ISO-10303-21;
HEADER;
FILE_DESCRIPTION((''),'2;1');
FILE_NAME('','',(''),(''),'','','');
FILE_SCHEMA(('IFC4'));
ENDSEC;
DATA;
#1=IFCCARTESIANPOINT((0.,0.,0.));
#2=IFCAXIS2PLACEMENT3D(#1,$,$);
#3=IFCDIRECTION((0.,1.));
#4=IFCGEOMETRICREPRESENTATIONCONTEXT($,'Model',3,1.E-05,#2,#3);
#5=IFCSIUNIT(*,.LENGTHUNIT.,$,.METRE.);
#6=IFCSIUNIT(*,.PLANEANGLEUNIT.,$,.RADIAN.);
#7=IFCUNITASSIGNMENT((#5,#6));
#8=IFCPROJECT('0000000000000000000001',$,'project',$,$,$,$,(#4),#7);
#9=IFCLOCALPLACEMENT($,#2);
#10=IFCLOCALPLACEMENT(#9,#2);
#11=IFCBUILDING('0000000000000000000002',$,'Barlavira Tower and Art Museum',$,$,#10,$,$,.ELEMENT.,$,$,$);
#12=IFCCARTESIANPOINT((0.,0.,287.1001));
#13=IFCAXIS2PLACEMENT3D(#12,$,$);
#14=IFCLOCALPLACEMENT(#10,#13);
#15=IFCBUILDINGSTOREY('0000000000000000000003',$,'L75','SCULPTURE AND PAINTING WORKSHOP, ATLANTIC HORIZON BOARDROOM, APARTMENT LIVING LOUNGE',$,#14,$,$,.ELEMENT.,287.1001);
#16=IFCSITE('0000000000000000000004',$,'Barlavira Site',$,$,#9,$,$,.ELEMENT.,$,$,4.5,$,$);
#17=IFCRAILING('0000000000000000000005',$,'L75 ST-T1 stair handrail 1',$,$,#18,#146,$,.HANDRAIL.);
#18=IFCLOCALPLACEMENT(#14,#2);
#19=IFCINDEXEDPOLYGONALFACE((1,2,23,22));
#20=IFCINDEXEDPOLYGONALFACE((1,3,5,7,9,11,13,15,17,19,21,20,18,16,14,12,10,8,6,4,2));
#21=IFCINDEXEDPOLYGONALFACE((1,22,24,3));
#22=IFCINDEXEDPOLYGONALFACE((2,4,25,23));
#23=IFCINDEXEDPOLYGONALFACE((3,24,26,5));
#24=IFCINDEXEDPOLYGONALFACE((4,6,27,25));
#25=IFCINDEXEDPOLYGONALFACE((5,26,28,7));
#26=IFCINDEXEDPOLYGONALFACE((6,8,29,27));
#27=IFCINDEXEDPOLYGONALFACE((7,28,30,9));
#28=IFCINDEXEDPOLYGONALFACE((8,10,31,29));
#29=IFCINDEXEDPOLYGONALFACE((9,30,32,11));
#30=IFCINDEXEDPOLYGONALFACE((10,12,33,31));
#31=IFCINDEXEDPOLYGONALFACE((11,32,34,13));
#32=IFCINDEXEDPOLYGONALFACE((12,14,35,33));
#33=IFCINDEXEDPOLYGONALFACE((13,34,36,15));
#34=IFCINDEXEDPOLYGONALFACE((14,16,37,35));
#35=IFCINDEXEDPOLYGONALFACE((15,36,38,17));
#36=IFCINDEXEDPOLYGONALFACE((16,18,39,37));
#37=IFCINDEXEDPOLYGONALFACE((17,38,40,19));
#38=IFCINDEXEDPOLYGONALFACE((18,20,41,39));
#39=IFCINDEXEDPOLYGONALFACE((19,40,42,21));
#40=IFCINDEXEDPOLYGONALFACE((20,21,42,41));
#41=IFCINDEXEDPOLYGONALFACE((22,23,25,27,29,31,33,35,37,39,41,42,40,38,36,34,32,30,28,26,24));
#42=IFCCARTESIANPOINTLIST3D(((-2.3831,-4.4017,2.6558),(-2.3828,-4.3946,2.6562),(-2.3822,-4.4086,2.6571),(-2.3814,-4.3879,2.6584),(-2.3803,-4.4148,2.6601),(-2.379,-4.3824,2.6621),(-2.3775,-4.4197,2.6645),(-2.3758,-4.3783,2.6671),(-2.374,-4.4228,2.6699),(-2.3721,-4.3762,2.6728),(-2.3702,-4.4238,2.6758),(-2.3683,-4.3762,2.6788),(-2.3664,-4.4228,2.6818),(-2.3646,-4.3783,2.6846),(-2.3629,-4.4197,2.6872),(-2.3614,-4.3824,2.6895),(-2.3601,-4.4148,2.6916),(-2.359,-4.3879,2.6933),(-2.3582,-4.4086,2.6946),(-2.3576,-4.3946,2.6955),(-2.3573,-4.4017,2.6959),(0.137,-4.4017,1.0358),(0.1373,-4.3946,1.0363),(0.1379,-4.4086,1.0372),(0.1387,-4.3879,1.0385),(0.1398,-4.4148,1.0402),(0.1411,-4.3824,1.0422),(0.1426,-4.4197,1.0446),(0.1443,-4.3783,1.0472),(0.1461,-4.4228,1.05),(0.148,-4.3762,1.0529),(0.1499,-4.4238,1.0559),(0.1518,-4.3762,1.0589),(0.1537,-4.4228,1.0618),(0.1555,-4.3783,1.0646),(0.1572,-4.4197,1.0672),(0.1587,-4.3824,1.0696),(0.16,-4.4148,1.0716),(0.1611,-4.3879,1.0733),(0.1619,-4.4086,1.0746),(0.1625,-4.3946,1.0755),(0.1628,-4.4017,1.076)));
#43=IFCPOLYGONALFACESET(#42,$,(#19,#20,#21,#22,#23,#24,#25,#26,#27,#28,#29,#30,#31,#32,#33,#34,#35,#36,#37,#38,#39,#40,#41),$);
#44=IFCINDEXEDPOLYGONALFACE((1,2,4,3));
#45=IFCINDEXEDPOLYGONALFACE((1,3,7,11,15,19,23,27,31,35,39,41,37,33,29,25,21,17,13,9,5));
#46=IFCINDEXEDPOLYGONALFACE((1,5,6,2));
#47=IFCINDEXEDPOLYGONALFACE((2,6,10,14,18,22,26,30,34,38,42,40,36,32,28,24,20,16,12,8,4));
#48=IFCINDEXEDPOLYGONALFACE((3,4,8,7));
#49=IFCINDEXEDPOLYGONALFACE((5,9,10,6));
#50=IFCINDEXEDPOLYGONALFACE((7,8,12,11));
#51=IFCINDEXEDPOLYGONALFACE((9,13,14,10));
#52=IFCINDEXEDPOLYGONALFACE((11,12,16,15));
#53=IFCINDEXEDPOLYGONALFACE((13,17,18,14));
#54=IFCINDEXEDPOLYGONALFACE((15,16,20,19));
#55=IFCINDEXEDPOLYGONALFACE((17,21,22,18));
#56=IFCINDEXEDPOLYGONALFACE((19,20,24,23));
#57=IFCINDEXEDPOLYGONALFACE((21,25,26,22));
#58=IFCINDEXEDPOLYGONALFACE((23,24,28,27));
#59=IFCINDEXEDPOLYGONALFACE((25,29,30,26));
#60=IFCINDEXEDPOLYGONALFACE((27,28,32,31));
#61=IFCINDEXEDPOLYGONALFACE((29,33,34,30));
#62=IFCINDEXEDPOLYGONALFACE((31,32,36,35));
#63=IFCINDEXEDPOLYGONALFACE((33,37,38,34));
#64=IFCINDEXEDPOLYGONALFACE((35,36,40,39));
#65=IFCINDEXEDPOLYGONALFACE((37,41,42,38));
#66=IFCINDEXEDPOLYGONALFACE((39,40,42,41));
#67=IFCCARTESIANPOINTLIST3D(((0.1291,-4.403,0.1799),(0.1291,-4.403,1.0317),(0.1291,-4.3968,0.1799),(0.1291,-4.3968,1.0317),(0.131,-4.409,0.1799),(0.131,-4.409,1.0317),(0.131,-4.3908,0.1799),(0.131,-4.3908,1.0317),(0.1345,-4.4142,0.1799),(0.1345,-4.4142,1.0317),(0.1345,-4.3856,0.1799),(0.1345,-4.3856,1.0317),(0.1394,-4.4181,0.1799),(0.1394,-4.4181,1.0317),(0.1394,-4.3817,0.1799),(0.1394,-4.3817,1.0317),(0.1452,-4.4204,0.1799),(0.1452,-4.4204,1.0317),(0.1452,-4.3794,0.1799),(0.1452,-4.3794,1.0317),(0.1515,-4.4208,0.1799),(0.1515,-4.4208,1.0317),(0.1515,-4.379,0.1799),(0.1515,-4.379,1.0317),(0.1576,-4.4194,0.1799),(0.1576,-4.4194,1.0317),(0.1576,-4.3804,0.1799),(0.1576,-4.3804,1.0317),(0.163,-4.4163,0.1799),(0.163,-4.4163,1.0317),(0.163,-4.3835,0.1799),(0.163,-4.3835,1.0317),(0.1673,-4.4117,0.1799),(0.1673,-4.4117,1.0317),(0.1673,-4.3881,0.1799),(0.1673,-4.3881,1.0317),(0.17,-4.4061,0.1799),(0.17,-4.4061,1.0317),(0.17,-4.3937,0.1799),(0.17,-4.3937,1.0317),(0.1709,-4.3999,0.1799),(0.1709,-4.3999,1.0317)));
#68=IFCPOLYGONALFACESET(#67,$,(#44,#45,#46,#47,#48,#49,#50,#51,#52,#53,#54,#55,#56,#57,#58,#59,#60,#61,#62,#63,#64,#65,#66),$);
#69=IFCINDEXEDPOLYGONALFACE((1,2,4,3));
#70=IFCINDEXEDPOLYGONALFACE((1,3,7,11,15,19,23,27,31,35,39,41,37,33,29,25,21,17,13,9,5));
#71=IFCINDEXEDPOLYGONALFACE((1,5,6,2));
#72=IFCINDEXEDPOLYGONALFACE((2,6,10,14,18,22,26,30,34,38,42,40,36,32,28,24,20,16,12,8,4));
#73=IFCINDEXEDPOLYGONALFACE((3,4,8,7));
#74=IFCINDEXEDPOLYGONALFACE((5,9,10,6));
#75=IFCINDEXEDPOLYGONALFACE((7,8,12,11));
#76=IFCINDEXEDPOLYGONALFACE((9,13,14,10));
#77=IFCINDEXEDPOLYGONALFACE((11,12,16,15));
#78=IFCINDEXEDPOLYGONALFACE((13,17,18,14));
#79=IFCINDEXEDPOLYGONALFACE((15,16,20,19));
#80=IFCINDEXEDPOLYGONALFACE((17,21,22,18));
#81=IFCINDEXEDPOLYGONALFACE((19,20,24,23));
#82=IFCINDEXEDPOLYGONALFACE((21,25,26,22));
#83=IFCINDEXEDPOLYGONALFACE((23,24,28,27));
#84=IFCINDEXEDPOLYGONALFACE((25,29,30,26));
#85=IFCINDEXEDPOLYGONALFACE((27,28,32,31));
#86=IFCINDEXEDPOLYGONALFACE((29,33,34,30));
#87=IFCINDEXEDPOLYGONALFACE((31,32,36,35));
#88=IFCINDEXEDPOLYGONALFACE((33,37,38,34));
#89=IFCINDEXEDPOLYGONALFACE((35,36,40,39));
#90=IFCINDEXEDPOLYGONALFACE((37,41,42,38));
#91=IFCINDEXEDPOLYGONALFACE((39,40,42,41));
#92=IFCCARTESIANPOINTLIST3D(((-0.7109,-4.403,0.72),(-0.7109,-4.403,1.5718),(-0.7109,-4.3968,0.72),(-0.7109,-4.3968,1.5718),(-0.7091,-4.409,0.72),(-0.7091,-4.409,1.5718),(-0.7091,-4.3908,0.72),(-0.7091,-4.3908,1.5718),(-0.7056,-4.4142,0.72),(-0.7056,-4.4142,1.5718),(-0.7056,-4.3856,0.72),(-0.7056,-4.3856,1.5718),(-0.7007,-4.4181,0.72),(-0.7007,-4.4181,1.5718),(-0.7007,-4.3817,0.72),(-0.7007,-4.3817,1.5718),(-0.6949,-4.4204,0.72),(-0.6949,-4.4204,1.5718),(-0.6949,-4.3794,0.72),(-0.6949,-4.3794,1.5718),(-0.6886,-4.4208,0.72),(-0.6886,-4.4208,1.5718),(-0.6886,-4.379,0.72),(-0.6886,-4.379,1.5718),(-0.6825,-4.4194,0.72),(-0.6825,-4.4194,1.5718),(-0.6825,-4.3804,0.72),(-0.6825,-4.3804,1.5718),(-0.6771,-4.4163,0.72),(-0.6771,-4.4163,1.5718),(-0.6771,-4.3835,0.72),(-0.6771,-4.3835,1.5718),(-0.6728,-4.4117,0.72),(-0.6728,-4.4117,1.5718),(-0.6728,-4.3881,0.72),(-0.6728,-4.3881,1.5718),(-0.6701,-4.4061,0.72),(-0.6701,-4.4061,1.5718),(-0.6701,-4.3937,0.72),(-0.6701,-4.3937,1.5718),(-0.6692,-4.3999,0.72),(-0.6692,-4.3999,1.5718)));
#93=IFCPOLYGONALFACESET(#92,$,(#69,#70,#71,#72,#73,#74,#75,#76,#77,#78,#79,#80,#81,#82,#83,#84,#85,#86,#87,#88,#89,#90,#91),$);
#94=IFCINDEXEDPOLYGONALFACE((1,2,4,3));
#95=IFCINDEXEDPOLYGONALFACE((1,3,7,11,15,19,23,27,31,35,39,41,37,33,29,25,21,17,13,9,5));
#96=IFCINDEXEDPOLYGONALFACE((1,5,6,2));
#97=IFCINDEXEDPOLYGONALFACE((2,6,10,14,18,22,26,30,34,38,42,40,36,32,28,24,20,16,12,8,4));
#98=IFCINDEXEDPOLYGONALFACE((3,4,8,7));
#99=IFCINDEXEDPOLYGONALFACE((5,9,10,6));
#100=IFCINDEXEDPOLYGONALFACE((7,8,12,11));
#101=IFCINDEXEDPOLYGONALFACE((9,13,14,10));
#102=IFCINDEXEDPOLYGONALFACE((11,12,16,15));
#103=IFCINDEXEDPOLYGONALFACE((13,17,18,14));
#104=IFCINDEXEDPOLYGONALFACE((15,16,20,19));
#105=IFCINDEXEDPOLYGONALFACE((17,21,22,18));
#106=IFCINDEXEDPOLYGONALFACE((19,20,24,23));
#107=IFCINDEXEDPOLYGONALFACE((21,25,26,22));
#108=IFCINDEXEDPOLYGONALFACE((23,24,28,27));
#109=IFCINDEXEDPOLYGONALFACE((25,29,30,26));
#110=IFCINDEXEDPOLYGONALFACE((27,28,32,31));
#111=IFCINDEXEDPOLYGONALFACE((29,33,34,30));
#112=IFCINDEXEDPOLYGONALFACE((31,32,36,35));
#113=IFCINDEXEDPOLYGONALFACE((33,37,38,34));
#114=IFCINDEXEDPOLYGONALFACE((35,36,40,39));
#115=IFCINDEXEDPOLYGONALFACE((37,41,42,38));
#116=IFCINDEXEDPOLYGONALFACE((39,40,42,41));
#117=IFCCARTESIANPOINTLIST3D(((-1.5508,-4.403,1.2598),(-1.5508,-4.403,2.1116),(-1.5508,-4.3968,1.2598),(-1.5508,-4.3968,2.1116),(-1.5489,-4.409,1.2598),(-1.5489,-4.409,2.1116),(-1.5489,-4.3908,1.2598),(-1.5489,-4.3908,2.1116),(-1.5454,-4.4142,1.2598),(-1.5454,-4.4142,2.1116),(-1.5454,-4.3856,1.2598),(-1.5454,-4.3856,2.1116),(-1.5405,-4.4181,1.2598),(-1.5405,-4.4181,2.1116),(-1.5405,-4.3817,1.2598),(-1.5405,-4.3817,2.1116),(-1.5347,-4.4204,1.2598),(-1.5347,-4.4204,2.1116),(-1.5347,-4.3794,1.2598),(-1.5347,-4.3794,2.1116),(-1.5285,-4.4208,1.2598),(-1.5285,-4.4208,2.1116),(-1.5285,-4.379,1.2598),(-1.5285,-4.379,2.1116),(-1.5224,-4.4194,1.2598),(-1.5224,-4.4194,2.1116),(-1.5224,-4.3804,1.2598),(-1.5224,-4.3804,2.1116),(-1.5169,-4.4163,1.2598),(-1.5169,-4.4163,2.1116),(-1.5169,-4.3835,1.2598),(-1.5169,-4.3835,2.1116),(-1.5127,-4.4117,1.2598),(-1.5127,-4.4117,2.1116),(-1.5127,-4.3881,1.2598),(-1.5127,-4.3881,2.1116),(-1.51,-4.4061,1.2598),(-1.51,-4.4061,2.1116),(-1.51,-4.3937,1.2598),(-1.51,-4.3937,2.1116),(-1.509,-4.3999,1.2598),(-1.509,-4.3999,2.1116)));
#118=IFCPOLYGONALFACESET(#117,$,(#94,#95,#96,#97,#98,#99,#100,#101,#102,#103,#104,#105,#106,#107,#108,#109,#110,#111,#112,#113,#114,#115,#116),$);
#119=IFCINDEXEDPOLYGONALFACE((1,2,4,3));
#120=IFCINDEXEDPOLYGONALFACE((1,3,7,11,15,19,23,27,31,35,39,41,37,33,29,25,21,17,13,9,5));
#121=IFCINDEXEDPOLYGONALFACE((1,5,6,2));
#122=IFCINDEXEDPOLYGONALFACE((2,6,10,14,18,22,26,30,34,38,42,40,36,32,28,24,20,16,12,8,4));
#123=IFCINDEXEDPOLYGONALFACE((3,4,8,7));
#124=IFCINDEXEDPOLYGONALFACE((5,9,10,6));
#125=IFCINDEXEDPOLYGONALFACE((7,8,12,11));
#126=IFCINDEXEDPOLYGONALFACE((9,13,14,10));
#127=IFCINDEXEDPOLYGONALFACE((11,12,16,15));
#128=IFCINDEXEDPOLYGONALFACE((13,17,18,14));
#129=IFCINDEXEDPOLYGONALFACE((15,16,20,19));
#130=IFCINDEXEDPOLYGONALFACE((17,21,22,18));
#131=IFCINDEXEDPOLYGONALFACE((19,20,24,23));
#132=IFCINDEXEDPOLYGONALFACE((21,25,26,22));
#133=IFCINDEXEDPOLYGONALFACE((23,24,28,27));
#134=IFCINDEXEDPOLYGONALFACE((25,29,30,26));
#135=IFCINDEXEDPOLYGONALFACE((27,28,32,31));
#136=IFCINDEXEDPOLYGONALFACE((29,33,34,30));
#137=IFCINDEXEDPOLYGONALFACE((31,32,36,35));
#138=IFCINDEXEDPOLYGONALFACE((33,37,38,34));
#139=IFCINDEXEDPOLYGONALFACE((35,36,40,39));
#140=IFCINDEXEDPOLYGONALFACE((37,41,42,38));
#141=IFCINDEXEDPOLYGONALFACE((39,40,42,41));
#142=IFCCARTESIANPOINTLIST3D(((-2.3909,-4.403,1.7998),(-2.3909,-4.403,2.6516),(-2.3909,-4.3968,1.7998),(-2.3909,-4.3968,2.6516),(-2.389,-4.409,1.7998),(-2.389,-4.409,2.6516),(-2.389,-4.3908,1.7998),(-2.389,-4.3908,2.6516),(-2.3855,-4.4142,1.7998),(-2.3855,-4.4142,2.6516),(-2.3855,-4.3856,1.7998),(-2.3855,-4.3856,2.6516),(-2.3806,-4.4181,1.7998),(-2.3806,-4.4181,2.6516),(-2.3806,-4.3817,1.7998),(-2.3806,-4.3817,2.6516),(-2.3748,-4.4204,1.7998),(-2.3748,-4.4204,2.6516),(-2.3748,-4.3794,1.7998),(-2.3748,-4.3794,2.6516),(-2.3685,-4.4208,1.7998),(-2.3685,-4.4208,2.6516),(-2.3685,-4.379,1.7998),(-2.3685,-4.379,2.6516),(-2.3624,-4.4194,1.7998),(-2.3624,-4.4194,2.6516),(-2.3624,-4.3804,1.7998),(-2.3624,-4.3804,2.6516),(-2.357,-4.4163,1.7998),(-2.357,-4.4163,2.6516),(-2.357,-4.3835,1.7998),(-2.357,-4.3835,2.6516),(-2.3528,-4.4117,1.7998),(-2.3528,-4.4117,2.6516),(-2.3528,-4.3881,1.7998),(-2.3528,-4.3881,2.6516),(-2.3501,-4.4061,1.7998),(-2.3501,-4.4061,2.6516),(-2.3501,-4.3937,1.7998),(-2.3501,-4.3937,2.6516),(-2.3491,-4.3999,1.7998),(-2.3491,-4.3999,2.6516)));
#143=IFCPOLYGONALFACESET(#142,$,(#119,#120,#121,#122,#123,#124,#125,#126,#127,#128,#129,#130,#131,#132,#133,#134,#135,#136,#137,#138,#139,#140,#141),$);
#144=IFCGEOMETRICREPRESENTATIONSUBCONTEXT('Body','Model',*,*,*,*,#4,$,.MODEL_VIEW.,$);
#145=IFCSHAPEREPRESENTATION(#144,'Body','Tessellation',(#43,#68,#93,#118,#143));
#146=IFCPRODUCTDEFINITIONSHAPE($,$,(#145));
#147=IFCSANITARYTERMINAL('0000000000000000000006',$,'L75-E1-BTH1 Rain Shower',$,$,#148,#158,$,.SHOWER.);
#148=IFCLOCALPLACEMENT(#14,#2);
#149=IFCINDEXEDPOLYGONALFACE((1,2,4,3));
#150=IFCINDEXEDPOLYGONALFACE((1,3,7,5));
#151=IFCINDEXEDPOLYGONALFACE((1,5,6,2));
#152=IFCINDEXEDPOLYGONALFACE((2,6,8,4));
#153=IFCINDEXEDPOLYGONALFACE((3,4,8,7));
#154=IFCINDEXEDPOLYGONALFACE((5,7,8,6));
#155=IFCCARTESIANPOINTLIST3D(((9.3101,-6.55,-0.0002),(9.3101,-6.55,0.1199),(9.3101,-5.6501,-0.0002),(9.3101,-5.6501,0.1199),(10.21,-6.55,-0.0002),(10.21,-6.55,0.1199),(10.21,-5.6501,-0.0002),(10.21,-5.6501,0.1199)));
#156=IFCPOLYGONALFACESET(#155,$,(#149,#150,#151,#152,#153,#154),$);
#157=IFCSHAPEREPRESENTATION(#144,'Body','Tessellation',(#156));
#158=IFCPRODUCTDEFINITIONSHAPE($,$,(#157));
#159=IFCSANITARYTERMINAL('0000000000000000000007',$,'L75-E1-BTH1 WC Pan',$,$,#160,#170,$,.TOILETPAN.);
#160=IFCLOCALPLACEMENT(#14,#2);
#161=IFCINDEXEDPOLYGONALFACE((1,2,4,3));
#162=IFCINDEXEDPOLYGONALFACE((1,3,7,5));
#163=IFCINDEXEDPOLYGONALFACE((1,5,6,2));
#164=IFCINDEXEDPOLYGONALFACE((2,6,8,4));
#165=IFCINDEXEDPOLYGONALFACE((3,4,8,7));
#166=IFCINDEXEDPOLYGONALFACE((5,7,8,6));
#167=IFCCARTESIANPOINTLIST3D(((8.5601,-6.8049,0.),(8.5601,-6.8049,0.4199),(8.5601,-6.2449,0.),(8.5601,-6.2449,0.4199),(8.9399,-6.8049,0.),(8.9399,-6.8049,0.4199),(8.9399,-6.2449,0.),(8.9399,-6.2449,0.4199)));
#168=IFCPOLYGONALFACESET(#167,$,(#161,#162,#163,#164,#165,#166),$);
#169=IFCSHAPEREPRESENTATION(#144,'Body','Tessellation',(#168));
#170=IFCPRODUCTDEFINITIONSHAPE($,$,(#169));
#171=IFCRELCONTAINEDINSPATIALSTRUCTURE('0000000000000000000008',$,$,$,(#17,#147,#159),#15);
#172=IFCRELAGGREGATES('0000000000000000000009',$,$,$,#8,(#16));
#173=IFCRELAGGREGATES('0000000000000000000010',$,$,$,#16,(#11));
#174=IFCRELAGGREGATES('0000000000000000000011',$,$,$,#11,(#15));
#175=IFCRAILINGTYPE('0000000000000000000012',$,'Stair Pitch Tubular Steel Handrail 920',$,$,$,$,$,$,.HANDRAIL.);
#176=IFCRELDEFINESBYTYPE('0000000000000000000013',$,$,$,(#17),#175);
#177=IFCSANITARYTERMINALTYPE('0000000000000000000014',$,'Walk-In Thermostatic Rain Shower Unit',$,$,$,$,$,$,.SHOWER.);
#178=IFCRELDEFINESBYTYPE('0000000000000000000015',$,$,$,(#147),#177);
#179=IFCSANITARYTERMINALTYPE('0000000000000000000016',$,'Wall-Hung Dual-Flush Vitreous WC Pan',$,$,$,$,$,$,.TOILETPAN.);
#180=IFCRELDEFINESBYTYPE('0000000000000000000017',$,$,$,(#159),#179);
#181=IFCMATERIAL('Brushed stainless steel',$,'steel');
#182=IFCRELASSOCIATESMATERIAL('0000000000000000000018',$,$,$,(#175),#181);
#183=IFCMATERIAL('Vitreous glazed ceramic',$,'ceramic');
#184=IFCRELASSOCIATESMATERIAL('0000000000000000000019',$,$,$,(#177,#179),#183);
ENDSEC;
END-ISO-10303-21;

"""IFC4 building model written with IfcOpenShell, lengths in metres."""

from ifc_helpers import new_model, si_unit, direction, frame, origin, origin_2d, place, context, subcontext, project, spatial, rectangle, circle, extrude, material, type_object, element, save


model = new_model("IFC4")

# Units and contexts
model_context = context("Model", 3, precision=1e-05, world=origin(), true_north=direction((0.0, 1.0)))
body_context = subcontext(model_context, "Body", "Model", "MODEL_VIEW")
ifc_project = project(units=[si_unit("LENGTHUNIT", "METRE"), si_unit("PLANEANGLEUNIT", "RADIAN")], contexts=[model_context])

# Site, building, storey
site_placement = place(None, origin())
site = spatial("IfcSite", under=ifc_project, at=site_placement, Name="Barlavira Site", CompositionType="ELEMENT", RefElevation=4.5)
building_placement = place(site_placement, origin())
building = spatial("IfcBuilding", under=site, at=building_placement, Name="Barlavira Tower and Art Museum", CompositionType="ELEMENT")
storey_placement = place(building_placement, frame((0.0, 0.0, 287.1001)))
storey = spatial("IfcBuildingStorey", under=building, at=storey_placement, Name="L75", Description="SCULPTURE AND PAINTING WORKSHOP, ATLANTIC HORIZON BOARDROOM, APARTMENT LIVING LOUNGE", CompositionType="ELEMENT", Elevation=287.1001)

# Shared definitions
ifc_material_1 = material(Name="Brushed stainless steel", Category="steel")

# Railing
railing_type_1 = type_object("IfcRailingType", Name="Stair Pitch Tubular Steel Handrail 920", PredefinedType="HANDRAIL", material=ifc_material_1)
railing_1_placement = place(storey_placement, frame((0.1499, -4.3999, 0.1799)))
element("IfcRailing", 1, at=railing_1_placement, inside=storey, type_object=railing_type_1, Name="L75 ST-T1 stair handrail 1", PredefinedType="HANDRAIL", context=body_context, shape_type="SweptSolid", body=[
    extrude(circle(Radius=0.0239, at=origin_2d()), frame((0.0, 0.0, 0.876), z_axis=(-0.8412, 0.0, 0.540725), x_axis=(0.0, -1.0, 0.0)), (0.0, 0.0, 1.0), 2.9958),
    extrude(circle(Radius=0.021, at=origin_2d()), origin(), (0.0, 0.0, 1.0), 0.8518),
    extrude(circle(Radius=0.021, at=origin_2d()), frame((-0.8401, 0.0, 0.54)), (0.0, 0.0, 1.0), 0.8518),
    extrude(circle(Radius=0.021, at=origin_2d()), frame((-1.6799, 0.0, 1.0798)), (0.0, 0.0, 1.0), 0.8518),
    extrude(circle(Radius=0.021, at=origin_2d()), frame((-2.52, 0.0, 1.6199)), (0.0, 0.0, 1.0), 0.8518),
])

# Sanitary terminals
ifc_material_2 = material(Name="Vitreous glazed ceramic", Category="ceramic")
sanitary_terminal_type_1 = type_object("IfcSanitaryTerminalType", Name="Walk-In Thermostatic Rain Shower Unit", PredefinedType="SHOWER", material=ifc_material_2)
sanitary_terminal_1_placement = place(storey_placement, frame((9.76, -6.1001, -0.0002), z_axis=(0.0, 0.0, 1.0), x_axis=(1.0, 0.0, 0.0)))
element("IfcSanitaryTerminal", 2, at=sanitary_terminal_1_placement, inside=storey, type_object=sanitary_terminal_type_1, Name="L75-E1-BTH1 Rain Shower", PredefinedType="SHOWER", context=body_context, shape_type="SweptSolid", body=[
    extrude(rectangle(XDim=0.8999, YDim=0.8999, at=origin_2d()), origin(), (0.0, 0.0, 1.0), 0.1201),
])
sanitary_terminal_type_2 = type_object("IfcSanitaryTerminalType", Name="Wall-Hung Dual-Flush Vitreous WC Pan", PredefinedType="TOILETPAN", material=ifc_material_2)
sanitary_terminal_2_placement = place(storey_placement, frame((8.75, -6.5249, 0.0), z_axis=(0.0, 0.0, 1.0), x_axis=(1.0, 0.0, 0.0)))
element("IfcSanitaryTerminal", 3, at=sanitary_terminal_2_placement, inside=storey, type_object=sanitary_terminal_type_2, Name="L75-E1-BTH1 WC Pan", PredefinedType="TOILETPAN", context=body_context, shape_type="SweptSolid", body=[
    extrude(rectangle(XDim=0.3799, YDim=0.5601, at=origin_2d()), origin(), (0.0, 0.0, 1.0), 0.4199),
])

save(model, "model.ifc")
